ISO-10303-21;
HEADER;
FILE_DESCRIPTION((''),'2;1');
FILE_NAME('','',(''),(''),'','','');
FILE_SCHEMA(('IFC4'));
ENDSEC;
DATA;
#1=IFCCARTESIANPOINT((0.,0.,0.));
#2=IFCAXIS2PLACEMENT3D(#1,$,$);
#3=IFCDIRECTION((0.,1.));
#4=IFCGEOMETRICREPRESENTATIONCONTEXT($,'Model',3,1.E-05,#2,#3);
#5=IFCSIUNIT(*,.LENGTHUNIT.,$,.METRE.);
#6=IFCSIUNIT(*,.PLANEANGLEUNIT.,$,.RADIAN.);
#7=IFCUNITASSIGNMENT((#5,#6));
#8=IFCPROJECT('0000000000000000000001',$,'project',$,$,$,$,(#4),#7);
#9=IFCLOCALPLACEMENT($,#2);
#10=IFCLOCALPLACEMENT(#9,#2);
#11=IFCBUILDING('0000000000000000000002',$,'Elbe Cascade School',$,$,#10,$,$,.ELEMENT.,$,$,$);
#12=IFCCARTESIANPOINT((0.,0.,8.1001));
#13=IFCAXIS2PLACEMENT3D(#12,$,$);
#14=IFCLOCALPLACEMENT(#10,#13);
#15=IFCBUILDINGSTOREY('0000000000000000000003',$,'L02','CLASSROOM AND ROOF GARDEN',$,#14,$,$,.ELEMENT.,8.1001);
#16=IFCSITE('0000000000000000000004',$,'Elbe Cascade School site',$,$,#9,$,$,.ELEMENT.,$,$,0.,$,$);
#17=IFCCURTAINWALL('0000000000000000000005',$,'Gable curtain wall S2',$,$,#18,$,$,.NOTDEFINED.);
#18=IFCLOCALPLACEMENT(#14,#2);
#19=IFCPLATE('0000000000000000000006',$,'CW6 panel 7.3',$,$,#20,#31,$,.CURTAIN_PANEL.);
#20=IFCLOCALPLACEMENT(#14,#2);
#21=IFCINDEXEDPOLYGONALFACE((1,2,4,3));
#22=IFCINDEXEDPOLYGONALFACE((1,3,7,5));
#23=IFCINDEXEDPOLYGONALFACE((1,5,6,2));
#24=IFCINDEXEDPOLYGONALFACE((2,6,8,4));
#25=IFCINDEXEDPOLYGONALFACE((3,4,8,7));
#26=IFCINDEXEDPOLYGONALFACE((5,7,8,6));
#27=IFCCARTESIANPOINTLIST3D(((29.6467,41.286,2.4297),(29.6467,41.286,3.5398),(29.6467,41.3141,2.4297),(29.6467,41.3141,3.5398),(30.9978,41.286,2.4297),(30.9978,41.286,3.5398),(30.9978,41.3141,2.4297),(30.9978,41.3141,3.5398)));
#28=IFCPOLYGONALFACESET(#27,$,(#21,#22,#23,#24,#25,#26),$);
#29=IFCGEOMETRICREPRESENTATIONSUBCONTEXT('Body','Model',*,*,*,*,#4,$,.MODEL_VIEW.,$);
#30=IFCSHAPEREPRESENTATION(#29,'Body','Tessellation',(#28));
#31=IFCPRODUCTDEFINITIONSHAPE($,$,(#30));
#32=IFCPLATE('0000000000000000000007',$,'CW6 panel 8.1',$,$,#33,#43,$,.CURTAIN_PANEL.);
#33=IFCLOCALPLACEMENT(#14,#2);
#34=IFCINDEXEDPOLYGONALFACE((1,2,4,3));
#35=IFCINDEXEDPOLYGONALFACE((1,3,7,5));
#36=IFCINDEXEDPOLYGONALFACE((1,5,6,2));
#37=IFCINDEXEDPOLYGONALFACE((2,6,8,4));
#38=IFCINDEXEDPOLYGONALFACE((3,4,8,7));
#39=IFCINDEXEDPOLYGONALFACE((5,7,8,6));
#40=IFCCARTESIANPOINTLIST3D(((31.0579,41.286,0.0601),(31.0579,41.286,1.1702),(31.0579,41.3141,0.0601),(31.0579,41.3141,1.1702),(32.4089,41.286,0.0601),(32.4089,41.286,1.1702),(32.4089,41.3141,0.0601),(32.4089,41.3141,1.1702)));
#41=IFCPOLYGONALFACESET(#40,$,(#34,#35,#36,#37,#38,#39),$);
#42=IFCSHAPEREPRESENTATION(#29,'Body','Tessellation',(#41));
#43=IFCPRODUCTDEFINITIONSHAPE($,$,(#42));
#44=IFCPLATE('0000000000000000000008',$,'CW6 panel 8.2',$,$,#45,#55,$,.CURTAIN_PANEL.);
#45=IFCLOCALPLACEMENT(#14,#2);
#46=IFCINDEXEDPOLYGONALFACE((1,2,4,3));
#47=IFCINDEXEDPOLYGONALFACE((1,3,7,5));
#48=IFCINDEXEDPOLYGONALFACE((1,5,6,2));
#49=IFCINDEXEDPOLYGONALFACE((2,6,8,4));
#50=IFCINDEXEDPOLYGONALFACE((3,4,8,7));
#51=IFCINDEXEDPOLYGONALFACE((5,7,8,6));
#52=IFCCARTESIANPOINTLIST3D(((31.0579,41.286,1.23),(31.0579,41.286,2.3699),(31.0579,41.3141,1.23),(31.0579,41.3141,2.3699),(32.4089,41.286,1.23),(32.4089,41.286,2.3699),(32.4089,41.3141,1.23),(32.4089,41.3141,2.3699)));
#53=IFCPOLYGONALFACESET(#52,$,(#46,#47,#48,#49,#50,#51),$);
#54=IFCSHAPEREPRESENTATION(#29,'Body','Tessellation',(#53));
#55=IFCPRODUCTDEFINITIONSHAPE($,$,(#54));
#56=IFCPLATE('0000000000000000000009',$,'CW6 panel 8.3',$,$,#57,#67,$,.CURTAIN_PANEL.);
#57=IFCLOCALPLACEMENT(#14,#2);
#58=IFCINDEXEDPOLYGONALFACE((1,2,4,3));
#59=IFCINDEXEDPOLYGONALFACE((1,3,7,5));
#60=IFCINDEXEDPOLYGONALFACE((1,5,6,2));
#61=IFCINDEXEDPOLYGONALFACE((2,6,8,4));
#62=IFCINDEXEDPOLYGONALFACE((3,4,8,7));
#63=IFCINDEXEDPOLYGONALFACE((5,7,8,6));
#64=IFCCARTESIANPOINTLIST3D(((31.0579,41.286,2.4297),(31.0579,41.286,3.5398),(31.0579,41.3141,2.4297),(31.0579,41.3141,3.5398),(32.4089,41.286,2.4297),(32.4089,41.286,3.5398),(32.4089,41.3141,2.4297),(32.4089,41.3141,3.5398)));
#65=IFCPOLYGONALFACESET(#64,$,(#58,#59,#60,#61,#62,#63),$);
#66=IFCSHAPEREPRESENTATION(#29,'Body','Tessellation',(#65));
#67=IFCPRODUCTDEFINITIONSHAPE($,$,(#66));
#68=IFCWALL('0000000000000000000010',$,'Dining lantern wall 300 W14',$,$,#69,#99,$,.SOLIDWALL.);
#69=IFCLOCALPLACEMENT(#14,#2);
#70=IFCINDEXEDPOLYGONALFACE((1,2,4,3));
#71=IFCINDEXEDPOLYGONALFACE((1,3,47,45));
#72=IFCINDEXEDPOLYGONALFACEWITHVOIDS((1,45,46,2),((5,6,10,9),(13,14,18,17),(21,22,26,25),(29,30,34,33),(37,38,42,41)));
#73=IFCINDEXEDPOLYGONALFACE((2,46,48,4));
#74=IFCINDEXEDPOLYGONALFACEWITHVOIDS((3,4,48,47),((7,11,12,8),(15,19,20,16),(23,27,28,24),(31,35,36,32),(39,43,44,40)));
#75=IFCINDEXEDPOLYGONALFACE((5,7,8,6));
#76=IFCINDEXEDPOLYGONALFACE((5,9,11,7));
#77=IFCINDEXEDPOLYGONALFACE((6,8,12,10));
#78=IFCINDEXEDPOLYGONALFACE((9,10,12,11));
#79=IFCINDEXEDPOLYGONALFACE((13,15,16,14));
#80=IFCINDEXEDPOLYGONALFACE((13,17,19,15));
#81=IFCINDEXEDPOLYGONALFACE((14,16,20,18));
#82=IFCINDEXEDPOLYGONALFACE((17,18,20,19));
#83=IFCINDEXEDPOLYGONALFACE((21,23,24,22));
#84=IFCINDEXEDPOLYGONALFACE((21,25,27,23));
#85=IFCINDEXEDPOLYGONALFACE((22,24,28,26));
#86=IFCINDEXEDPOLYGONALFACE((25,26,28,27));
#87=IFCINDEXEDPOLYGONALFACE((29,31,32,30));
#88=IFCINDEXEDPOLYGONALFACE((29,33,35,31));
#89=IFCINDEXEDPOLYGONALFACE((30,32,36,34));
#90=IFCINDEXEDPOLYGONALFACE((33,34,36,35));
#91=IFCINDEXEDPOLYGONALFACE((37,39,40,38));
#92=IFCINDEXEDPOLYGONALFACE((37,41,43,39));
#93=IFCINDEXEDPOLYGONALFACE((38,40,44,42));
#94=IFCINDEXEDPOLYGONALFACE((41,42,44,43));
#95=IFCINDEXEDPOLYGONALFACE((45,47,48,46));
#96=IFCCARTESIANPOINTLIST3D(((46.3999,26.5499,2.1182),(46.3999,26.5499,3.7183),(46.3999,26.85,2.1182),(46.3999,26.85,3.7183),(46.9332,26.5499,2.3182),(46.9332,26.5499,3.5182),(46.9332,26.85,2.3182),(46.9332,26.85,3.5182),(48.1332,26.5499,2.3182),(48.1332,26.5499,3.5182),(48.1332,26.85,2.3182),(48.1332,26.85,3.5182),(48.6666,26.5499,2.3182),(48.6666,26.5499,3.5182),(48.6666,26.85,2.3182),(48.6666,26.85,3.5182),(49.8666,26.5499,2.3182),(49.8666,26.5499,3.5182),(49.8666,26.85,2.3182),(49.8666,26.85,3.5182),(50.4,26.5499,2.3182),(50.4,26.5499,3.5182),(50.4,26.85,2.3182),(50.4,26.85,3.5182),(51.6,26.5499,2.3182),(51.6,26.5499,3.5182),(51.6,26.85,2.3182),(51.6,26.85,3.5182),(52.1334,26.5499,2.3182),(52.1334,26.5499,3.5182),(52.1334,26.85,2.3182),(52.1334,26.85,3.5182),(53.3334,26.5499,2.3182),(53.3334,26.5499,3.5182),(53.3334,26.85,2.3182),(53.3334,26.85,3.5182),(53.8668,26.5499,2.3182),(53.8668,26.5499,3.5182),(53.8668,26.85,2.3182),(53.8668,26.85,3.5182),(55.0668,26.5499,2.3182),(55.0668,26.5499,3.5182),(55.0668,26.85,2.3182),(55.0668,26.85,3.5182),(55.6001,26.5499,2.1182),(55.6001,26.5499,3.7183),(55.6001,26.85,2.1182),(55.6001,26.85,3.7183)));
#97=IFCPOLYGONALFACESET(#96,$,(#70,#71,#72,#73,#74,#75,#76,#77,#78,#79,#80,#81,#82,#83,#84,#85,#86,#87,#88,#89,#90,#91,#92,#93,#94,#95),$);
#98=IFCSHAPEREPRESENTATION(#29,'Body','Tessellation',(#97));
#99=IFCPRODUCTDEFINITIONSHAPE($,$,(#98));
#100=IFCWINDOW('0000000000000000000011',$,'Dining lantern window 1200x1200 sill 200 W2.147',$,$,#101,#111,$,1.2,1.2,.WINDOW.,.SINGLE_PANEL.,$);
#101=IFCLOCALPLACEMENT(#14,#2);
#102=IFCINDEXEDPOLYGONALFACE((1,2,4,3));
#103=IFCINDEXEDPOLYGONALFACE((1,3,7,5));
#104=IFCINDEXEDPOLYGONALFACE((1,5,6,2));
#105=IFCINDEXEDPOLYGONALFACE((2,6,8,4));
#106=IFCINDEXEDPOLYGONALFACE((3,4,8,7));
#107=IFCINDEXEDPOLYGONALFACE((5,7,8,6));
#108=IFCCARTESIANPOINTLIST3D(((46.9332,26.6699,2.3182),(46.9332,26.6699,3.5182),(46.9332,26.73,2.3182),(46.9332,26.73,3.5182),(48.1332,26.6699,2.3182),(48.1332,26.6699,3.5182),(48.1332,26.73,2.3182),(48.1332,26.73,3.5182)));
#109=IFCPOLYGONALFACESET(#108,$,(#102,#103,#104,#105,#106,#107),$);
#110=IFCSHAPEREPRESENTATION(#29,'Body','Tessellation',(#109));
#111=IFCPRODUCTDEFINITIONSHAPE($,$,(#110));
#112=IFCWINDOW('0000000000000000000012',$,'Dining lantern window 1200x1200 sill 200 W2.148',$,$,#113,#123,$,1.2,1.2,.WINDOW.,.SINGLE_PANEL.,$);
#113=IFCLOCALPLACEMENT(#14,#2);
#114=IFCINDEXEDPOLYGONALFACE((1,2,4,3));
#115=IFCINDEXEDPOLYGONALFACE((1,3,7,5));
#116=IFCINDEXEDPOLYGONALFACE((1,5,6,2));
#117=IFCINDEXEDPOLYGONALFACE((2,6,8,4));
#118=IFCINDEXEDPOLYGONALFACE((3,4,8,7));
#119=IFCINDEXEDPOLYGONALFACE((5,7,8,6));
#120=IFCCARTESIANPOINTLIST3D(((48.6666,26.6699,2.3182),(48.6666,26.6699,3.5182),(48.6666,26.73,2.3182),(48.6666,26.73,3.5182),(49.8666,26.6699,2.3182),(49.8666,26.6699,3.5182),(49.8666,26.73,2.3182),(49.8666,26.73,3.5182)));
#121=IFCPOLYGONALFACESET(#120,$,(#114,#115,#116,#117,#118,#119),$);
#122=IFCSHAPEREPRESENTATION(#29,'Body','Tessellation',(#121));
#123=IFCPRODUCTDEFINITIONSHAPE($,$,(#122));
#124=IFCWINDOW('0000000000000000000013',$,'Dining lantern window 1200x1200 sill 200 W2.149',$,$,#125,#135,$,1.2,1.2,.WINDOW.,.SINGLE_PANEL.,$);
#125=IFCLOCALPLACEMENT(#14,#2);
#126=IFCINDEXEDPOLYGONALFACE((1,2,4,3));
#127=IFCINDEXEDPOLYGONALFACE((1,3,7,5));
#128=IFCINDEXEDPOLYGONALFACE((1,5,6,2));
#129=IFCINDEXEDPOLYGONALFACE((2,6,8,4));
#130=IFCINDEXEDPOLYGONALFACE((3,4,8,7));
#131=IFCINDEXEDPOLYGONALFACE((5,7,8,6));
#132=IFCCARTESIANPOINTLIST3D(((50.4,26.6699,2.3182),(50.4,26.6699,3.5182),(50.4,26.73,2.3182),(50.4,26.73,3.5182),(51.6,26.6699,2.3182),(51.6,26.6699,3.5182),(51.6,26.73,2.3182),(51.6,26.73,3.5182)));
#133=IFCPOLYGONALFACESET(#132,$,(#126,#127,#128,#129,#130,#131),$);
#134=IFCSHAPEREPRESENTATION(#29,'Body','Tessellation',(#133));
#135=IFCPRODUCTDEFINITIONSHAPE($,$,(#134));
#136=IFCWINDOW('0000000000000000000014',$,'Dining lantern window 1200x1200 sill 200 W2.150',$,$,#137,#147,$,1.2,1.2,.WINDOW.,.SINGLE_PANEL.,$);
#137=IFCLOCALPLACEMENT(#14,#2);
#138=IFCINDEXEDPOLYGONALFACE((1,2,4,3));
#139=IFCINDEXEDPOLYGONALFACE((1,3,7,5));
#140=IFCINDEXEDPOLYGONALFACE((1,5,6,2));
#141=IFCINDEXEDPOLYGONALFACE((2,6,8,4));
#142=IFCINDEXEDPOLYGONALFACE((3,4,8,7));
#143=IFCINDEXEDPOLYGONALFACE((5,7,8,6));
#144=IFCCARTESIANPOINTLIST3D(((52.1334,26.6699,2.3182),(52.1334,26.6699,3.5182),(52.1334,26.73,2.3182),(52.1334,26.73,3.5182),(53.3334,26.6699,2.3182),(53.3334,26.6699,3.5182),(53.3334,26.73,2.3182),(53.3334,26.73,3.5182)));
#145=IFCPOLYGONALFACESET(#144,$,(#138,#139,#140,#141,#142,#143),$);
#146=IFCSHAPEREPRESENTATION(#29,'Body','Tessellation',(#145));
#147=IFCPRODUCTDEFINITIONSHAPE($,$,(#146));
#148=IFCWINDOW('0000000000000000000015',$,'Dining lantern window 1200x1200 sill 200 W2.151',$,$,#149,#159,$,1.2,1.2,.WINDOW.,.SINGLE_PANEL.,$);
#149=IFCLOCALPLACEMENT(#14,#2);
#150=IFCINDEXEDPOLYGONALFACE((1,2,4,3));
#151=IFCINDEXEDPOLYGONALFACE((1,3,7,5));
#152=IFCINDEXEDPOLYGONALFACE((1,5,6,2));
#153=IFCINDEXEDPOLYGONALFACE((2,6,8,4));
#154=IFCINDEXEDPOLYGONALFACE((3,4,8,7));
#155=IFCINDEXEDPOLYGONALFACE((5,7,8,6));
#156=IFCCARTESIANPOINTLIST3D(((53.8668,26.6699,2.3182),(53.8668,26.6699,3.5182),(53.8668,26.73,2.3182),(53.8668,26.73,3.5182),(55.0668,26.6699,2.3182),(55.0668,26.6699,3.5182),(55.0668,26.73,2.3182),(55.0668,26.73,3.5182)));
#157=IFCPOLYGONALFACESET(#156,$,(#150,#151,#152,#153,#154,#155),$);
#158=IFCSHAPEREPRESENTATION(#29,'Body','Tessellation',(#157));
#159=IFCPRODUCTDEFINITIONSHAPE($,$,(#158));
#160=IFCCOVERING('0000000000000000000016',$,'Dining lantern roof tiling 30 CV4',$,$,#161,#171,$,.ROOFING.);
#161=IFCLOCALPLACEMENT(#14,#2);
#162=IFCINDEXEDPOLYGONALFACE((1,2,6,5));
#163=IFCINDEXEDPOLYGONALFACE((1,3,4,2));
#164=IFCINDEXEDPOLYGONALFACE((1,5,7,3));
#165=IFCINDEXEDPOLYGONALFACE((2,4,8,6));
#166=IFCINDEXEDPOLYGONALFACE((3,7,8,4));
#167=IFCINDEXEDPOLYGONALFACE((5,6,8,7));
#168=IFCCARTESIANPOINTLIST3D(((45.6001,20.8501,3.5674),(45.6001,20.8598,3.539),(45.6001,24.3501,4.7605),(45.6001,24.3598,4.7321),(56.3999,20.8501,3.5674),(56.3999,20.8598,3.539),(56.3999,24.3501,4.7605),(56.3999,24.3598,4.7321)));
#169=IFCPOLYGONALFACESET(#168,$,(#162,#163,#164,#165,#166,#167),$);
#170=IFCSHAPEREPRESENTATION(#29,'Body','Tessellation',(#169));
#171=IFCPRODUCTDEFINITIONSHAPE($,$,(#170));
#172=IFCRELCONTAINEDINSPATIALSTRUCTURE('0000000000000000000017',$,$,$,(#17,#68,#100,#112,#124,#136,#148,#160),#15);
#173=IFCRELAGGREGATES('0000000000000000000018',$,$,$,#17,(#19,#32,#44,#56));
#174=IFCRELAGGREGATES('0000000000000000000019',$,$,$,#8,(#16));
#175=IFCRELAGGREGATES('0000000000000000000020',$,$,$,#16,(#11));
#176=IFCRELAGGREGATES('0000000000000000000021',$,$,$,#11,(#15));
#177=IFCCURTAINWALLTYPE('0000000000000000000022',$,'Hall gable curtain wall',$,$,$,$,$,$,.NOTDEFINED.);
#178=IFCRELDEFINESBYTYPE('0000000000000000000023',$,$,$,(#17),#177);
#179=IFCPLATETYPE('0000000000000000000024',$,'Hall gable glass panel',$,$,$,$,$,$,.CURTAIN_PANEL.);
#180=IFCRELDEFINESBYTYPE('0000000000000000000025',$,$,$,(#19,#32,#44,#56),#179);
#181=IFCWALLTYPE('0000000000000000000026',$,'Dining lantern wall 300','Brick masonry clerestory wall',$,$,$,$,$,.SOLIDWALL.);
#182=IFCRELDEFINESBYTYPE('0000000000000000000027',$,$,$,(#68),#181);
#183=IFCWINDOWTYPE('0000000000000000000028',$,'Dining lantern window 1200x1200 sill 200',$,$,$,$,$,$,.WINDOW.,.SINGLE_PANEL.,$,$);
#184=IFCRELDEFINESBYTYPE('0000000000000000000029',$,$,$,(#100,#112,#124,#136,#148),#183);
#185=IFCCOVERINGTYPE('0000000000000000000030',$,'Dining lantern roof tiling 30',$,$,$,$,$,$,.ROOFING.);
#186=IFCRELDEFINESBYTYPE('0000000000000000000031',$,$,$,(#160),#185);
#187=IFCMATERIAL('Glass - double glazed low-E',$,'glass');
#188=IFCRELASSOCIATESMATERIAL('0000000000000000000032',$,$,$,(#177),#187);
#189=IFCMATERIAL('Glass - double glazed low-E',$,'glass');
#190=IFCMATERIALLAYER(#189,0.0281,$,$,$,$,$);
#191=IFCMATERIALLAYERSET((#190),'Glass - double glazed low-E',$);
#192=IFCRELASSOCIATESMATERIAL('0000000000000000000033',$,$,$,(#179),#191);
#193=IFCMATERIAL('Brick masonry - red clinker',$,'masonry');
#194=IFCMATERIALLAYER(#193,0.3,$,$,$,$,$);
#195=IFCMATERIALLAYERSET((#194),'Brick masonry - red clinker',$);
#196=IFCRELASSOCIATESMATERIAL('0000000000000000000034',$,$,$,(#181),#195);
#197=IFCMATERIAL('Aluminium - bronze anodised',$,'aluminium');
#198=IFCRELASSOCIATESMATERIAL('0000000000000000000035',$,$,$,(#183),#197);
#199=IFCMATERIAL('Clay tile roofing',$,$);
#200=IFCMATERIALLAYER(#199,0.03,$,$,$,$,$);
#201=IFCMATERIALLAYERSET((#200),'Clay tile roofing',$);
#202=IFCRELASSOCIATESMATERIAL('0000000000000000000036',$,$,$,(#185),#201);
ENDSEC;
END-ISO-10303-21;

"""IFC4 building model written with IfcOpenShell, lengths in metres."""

from ifc_helpers import new_model, si_unit, direction, frame, frame_2d, origin, origin_2d, place, context, subcontext, project, spatial, polyline, rectangle, outline, extrude, material, layer, layer_set, type_object, element, fill, aggregate, save


model = new_model("IFC4")

# Units and contexts
model_context = context("Model", 3, precision=1e-05, world=origin(), true_north=direction((0.0, 1.0)))
body_context = subcontext(model_context, "Body", "Model", "MODEL_VIEW")
ifc_project = project(units=[si_unit("LENGTHUNIT", "METRE"), si_unit("PLANEANGLEUNIT", "RADIAN")], contexts=[model_context])

# Site, building, storey
site_placement = place(None, origin())
site = spatial("IfcSite", under=ifc_project, at=site_placement, Name="Elbe Cascade School site", CompositionType="ELEMENT", RefElevation=0.0)
building_placement = place(site_placement, origin())
building = spatial("IfcBuilding", under=site, at=building_placement, Name="Elbe Cascade School", CompositionType="ELEMENT")
storey_placement = place(building_placement, frame((0.0, 0.0, 8.1001)))
storey = spatial("IfcBuildingStorey", under=building, at=storey_placement, Name="L02", Description="CLASSROOM AND ROOF GARDEN", CompositionType="ELEMENT", Elevation=8.1001)

# Curtain wall
ifc_material_1 = material(Name="Glass - double glazed low-E", Category="glass")
curtain_wall_type = type_object("IfcCurtainWallType", Name="Hall gable curtain wall", PredefinedType="NOTDEFINED", material=ifc_material_1)
curtain_wall_placement = place(storey_placement, origin())
curtain_wall = element("IfcCurtainWall", 1, at=curtain_wall_placement, inside=storey, type_object=curtain_wall_type, Name="Gable curtain wall S2", PredefinedType="NOTDEFINED")

# Plates
ifc_material_2 = material(Name="Glass - double glazed low-E", Category="glass")
ifc_layer_1 = layer(ifc_material_2, 0.0281)
ifc_layer_set_1 = layer_set([ifc_layer_1], Name="Glass - double glazed low-E")
plate_type = type_object("IfcPlateType", Name="Hall gable glass panel", PredefinedType="CURTAIN_PANEL", material=ifc_layer_set_1)
plate_1_placement = place(storey_placement, frame((30.3223, 41.3, 2.4297), z_axis=(0.0, 0.0, 1.0), x_axis=(1.0, 0.0, 0.0)))
plate_1 = element("IfcPlate", 2, at=plate_1_placement, type_object=plate_type, Name="CW6 panel 7.3", PredefinedType="CURTAIN_PANEL", context=body_context, shape_type="SweptSolid", body=[
    extrude(rectangle(XDim=1.3511, YDim=0.0281, at=origin_2d()), origin(), (0.0, 0.0, 1.0), 1.1101),
])
plate_2_placement = place(storey_placement, frame((31.7334, 41.3, 0.0601), z_axis=(0.0, 0.0, 1.0), x_axis=(1.0, 0.0, 0.0)))
plate_2 = element("IfcPlate", 3, at=plate_2_placement, type_object=plate_type, Name="CW6 panel 8.1", PredefinedType="CURTAIN_PANEL", context=body_context, shape_type="SweptSolid", body=[
    extrude(rectangle(XDim=1.3511, YDim=0.0281, at=origin_2d()), origin(), (0.0, 0.0, 1.0), 1.1101),
])
plate_3_placement = place(storey_placement, frame((31.7334, 41.3, 1.23), z_axis=(0.0, 0.0, 1.0), x_axis=(1.0, 0.0, 0.0)))
plate_3 = element("IfcPlate", 4, at=plate_3_placement, type_object=plate_type, Name="CW6 panel 8.2", PredefinedType="CURTAIN_PANEL", context=body_context, shape_type="SweptSolid", body=[
    extrude(rectangle(XDim=1.3511, YDim=0.0281, at=origin_2d()), origin(), (0.0, 0.0, 1.0), 1.1399),
])
plate_4_placement = place(storey_placement, frame((31.7334, 41.3, 2.4297), z_axis=(0.0, 0.0, 1.0), x_axis=(1.0, 0.0, 0.0)))
plate_4 = element("IfcPlate", 5, at=plate_4_placement, type_object=plate_type, Name="CW6 panel 8.3", PredefinedType="CURTAIN_PANEL", context=body_context, shape_type="SweptSolid", body=[
    extrude(rectangle(XDim=1.3511, YDim=0.0281, at=origin_2d()), origin(), (0.0, 0.0, 1.0), 1.1101),
])
aggregate(curtain_wall, [plate_1, plate_2, plate_3, plate_4])

# Wall, openings, windows
ifc_material_3 = material(Name="Brick masonry - red clinker", Category="masonry")
ifc_layer_2 = layer(ifc_material_3, 0.3)
ifc_layer_set_2 = layer_set([ifc_layer_2], Name="Brick masonry - red clinker")
wall_type_1 = type_object("IfcWallType", Name="Dining lantern wall 300", Description="Brick masonry clerestory wall", PredefinedType="SOLIDWALL", material=ifc_layer_set_2)
wall_1_placement = place(storey_placement, frame((46.3999, 26.7, 2.1182), z_axis=(0.0, 0.0, 1.0), x_axis=(1.0, 0.0, 0.0)))
wall_1 = element("IfcWall", 6, at=wall_1_placement, inside=storey, type_object=wall_type_1, Name="Dining lantern wall 300 W14", PredefinedType="SOLIDWALL", context=body_context, shape_type="SweptSolid", body=[
    extrude(rectangle(XDim=9.2002, YDim=0.3, at=frame_2d((4.6001, 0.0))), origin(), (0.0, 0.0, 1.0), 1.6001),
])
opening_1_placement = place(wall_1_placement, frame((0.5332, 0.0, 0.2)))
opening_1 = element("IfcOpeningElement", 7, at=opening_1_placement, cuts=wall_1, PredefinedType="OPENING", context=body_context, shape_type="SweptSolid", body=[
    extrude(rectangle(XDim=1.2, YDim=1.2, at=frame_2d((0.6001, 0.6001))), frame((0.0, 0.1599, 0.0), z_axis=(0.0, -1.0, 0.0), x_axis=(1.0, 0.0, 0.0)), (0.0, 0.0, 1.0), 0.3201),
])
opening_2_placement = place(wall_1_placement, frame((2.2666, 0.0, 0.2)))
opening_2 = element("IfcOpeningElement", 8, at=opening_2_placement, cuts=wall_1, PredefinedType="OPENING", context=body_context, shape_type="SweptSolid", body=[
    extrude(rectangle(XDim=1.2, YDim=1.2, at=frame_2d((0.6001, 0.6001))), frame((0.0, 0.1599, 0.0), z_axis=(0.0, -1.0, 0.0), x_axis=(1.0, 0.0, 0.0)), (0.0, 0.0, 1.0), 0.3201),
])
opening_3_placement = place(wall_1_placement, frame((4.0, 0.0, 0.2)))
opening_3 = element("IfcOpeningElement", 9, at=opening_3_placement, cuts=wall_1, PredefinedType="OPENING", context=body_context, shape_type="SweptSolid", body=[
    extrude(rectangle(XDim=1.2, YDim=1.2, at=frame_2d((0.6001, 0.6001))), frame((0.0, 0.1599, 0.0), z_axis=(0.0, -1.0, 0.0), x_axis=(1.0, 0.0, 0.0)), (0.0, 0.0, 1.0), 0.3201),
])
opening_4_placement = place(wall_1_placement, frame((5.7334, 0.0, 0.2)))
opening_4 = element("IfcOpeningElement", 10, at=opening_4_placement, cuts=wall_1, PredefinedType="OPENING", context=body_context, shape_type="SweptSolid", body=[
    extrude(rectangle(XDim=1.2, YDim=1.2, at=frame_2d((0.6001, 0.6001))), frame((0.0, 0.1599, 0.0), z_axis=(0.0, -1.0, 0.0), x_axis=(1.0, 0.0, 0.0)), (0.0, 0.0, 1.0), 0.3201),
])
opening_5_placement = place(wall_1_placement, frame((7.4668, 0.0, 0.2)))
opening_5 = element("IfcOpeningElement", 11, at=opening_5_placement, cuts=wall_1, PredefinedType="OPENING", context=body_context, shape_type="SweptSolid", body=[
    extrude(rectangle(XDim=1.2, YDim=1.2, at=frame_2d((0.6001, 0.6001))), frame((0.0, 0.1599, 0.0), z_axis=(0.0, -1.0, 0.0), x_axis=(1.0, 0.0, 0.0)), (0.0, 0.0, 1.0), 0.3201),
])
ifc_material_4 = material(Name="Aluminium - bronze anodised", Category="aluminium")
window_type = type_object("IfcWindowType", Name="Dining lantern window 1200x1200 sill 200", PartitioningType="SINGLE_PANEL", PredefinedType="WINDOW", material=ifc_material_4)
window_1_placement = place(opening_1_placement, origin())
window_1 = element("IfcWindow", 12, at=window_1_placement, inside=storey, type_object=window_type, Name="Dining lantern window 1200x1200 sill 200 W2.147", OverallHeight=1.2, OverallWidth=1.2, PartitioningType="SINGLE_PANEL", PredefinedType="WINDOW", context=body_context, shape_type="SweptSolid", body=[
    extrude(rectangle(XDim=1.2, YDim=1.2, at=frame_2d((0.6001, 0.6001))), frame((0.0, 0.03, 0.0), z_axis=(0.0, -1.0, 0.0), x_axis=(1.0, 0.0, 0.0)), (0.0, 0.0, 1.0), 0.0601),
])
fill(opening_1, window_1)
window_2_placement = place(opening_2_placement, origin())
window_2 = element("IfcWindow", 13, at=window_2_placement, inside=storey, type_object=window_type, Name="Dining lantern window 1200x1200 sill 200 W2.148", OverallHeight=1.2, OverallWidth=1.2, PartitioningType="SINGLE_PANEL", PredefinedType="WINDOW", context=body_context, shape_type="SweptSolid", body=[
    extrude(rectangle(XDim=1.2, YDim=1.2, at=frame_2d((0.6001, 0.6001))), frame((0.0, 0.03, 0.0), z_axis=(0.0, -1.0, 0.0), x_axis=(1.0, 0.0, 0.0)), (0.0, 0.0, 1.0), 0.0601),
])
fill(opening_2, window_2)
window_3_placement = place(opening_3_placement, origin())
window_3 = element("IfcWindow", 14, at=window_3_placement, inside=storey, type_object=window_type, Name="Dining lantern window 1200x1200 sill 200 W2.149", OverallHeight=1.2, OverallWidth=1.2, PartitioningType="SINGLE_PANEL", PredefinedType="WINDOW", context=body_context, shape_type="SweptSolid", body=[
    extrude(rectangle(XDim=1.2, YDim=1.2, at=frame_2d((0.6001, 0.6001))), frame((0.0, 0.03, 0.0), z_axis=(0.0, -1.0, 0.0), x_axis=(1.0, 0.0, 0.0)), (0.0, 0.0, 1.0), 0.0601),
])
fill(opening_3, window_3)
window_4_placement = place(opening_4_placement, origin())
window_4 = element("IfcWindow", 15, at=window_4_placement, inside=storey, type_object=window_type, Name="Dining lantern window 1200x1200 sill 200 W2.150", OverallHeight=1.2, OverallWidth=1.2, PartitioningType="SINGLE_PANEL", PredefinedType="WINDOW", context=body_context, shape_type="SweptSolid", body=[
    extrude(rectangle(XDim=1.2, YDim=1.2, at=frame_2d((0.6001, 0.6001))), frame((0.0, 0.03, 0.0), z_axis=(0.0, -1.0, 0.0), x_axis=(1.0, 0.0, 0.0)), (0.0, 0.0, 1.0), 0.0601),
])
fill(opening_4, window_4)
window_5_placement = place(opening_5_placement, origin())
window_5 = element("IfcWindow", 16, at=window_5_placement, inside=storey, type_object=window_type, Name="Dining lantern window 1200x1200 sill 200 W2.151", OverallHeight=1.2, OverallWidth=1.2, PartitioningType="SINGLE_PANEL", PredefinedType="WINDOW", context=body_context, shape_type="SweptSolid", body=[
    extrude(rectangle(XDim=1.2, YDim=1.2, at=frame_2d((0.6001, 0.6001))), frame((0.0, 0.03, 0.0), z_axis=(0.0, -1.0, 0.0), x_axis=(1.0, 0.0, 0.0)), (0.0, 0.0, 1.0), 0.0601),
])
fill(opening_5, window_5)

# Covering
ifc_material_5 = material(Name="Clay tile roofing")
ifc_layer_3 = layer(ifc_material_5, 0.03)
ifc_layer_set_3 = layer_set([ifc_layer_3], Name="Clay tile roofing")
covering_type = type_object("IfcCoveringType", Name="Dining lantern roof tiling 30", PredefinedType="ROOFING", material=ifc_layer_set_3)
covering_1_placement = place(storey_placement, frame((45.6001, 20.8501, 3.5674), z_axis=(0.0, -0.322658, 0.946516), x_axis=(1.0, 0.0, 0.0)))
element("IfcCovering", 17, at=covering_1_placement, inside=storey, type_object=covering_type, Name="Dining lantern roof tiling 30 CV4", PredefinedType="ROOFING", context=body_context, shape_type="SweptSolid", body=[
    extrude(outline(polyline([(0.0, 0.0), (10.7998, 0.0), (10.7998, 3.6978), (0.0, 3.6978), (0.0, 0.0)])), origin(), (0.0, 0.0, -1.0), 0.03),
])

save(model, "model.ifc")
